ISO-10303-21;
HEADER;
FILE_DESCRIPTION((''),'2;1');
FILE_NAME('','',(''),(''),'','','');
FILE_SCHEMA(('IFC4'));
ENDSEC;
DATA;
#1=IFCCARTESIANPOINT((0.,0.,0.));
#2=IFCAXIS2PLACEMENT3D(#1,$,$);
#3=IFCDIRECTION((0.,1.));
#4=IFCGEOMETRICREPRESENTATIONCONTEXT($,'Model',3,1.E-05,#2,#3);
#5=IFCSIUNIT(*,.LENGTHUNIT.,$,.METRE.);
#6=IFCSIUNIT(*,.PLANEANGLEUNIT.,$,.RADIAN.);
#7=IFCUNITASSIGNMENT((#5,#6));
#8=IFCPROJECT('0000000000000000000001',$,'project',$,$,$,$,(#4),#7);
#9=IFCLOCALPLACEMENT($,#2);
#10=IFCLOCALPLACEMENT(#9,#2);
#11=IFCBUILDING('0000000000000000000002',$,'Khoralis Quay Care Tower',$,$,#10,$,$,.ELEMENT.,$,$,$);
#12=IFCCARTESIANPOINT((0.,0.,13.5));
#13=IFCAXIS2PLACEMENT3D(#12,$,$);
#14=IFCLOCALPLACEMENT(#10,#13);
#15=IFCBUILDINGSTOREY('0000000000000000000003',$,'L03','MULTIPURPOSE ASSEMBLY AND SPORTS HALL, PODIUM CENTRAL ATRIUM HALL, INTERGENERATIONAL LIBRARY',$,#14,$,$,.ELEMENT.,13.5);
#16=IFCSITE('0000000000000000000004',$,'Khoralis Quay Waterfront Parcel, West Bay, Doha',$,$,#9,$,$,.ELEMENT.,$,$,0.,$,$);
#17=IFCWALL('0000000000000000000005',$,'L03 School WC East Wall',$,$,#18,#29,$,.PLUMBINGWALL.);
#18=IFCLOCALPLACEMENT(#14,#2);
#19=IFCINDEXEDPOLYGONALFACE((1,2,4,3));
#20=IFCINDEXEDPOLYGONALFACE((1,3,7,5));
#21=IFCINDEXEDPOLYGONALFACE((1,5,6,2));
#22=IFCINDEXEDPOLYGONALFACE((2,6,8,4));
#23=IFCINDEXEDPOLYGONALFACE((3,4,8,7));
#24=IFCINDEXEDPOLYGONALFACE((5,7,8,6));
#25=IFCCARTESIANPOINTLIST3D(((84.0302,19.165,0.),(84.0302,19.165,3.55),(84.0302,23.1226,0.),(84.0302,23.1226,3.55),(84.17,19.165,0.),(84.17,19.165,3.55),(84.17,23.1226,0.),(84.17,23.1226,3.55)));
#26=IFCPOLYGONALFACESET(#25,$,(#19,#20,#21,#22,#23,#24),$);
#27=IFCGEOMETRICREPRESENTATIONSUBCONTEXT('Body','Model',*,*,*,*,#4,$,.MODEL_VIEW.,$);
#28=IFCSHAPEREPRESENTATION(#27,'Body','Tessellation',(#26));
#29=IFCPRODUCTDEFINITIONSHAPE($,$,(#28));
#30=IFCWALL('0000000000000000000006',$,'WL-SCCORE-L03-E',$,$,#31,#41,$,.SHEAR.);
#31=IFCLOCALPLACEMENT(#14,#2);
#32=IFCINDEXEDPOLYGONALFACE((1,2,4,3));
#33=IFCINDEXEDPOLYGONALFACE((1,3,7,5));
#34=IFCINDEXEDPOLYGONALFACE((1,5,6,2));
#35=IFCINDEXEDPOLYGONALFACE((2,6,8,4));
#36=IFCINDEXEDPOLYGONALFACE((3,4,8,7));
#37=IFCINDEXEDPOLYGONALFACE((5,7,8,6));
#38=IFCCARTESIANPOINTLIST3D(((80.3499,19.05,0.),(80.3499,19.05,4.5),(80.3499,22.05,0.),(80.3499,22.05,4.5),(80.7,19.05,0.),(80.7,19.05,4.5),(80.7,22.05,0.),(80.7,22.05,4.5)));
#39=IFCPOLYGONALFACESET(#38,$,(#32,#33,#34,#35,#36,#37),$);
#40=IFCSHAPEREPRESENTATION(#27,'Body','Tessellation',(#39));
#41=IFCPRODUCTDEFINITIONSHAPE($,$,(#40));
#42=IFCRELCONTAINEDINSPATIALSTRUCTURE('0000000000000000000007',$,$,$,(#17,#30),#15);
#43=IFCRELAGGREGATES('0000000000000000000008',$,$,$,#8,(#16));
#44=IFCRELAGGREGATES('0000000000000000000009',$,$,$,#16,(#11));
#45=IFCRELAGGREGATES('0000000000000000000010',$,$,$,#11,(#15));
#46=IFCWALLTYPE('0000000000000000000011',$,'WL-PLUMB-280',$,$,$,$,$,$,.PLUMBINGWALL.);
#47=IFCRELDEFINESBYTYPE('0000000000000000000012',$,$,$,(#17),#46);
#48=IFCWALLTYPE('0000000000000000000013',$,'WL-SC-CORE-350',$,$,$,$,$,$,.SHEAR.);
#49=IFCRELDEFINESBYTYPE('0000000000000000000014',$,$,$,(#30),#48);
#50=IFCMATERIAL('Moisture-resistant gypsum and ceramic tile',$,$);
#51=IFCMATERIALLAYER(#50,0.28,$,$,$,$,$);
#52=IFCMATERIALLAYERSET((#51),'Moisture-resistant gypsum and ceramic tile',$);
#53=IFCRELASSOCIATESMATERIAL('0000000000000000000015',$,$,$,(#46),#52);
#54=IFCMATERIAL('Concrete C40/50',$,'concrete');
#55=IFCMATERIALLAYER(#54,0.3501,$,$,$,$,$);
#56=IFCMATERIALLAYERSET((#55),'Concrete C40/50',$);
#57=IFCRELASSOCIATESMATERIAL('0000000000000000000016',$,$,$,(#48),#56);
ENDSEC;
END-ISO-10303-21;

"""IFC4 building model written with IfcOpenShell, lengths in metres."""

from ifc_helpers import new_model, si_unit, direction, frame, frame_2d, origin, place, context, subcontext, project, spatial, rectangle, extrude, material, layer, layer_set, type_object, element, save


model = new_model("IFC4")

# Units and contexts
model_context = context("Model", 3, precision=1e-05, world=origin(), true_north=direction((0.0, 1.0)))
body_context = subcontext(model_context, "Body", "Model", "MODEL_VIEW")
ifc_project = project(units=[si_unit("LENGTHUNIT", "METRE"), si_unit("PLANEANGLEUNIT", "RADIAN")], contexts=[model_context])

# Site, building, storey
site_placement = place(None, origin())
site = spatial("IfcSite", under=ifc_project, at=site_placement, Name="Khoralis Quay Waterfront Parcel, West Bay, Doha", CompositionType="ELEMENT", RefElevation=0.0)
building_placement = place(site_placement, origin())
building = spatial("IfcBuilding", under=site, at=building_placement, Name="Khoralis Quay Care Tower", CompositionType="ELEMENT")
storey_placement = place(building_placement, frame((0.0, 0.0, 13.5)))
storey = spatial("IfcBuildingStorey", under=building, at=storey_placement, Name="L03", Description="MULTIPURPOSE ASSEMBLY AND SPORTS HALL, PODIUM CENTRAL ATRIUM HALL, INTERGENERATIONAL LIBRARY", CompositionType="ELEMENT", Elevation=13.5)

# Shared definitions
ifc_material_1 = material(Name="Concrete C40/50", Category="concrete")

# Shared definitions
ifc_material_2 = material(Name="Moisture-resistant gypsum and ceramic tile")
ifc_layer_1 = layer(ifc_material_2, 0.28)
ifc_layer_set_1 = layer_set([ifc_layer_1], Name="Moisture-resistant gypsum and ceramic tile")
wall_type_1 = type_object("IfcWallType", Name="WL-PLUMB-280", PredefinedType="PLUMBINGWALL", material=ifc_layer_set_1)

# Walls
wall_1_placement = place(storey_placement, frame((84.1001, 19.165, 0.0), z_axis=(0.0, 0.0, 1.0), x_axis=(0.0, 1.0, 0.0)))
element("IfcWall", 1, at=wall_1_placement, inside=storey, type_object=wall_type_1, Name="L03 School WC East Wall", PredefinedType="PLUMBINGWALL", context=body_context, shape_type="SweptSolid", body=[
    extrude(rectangle(XDim=3.9575, YDim=0.1399, at=frame_2d((1.9788, 0.0))), origin(), (0.0, 0.0, 1.0), 3.55),
])
ifc_layer_2 = layer(ifc_material_1, 0.3501)
ifc_layer_set_2 = layer_set([ifc_layer_2], Name="Concrete C40/50")
wall_type_2 = type_object("IfcWallType", Name="WL-SC-CORE-350", PredefinedType="SHEAR", material=ifc_layer_set_2)
wall_2_placement = place(storey_placement, frame((80.5249, 19.05, 0.0), z_axis=(0.0, 0.0, 1.0), x_axis=(0.0, 1.0, 0.0)))
element("IfcWall", 2, at=wall_2_placement, inside=storey, type_object=wall_type_2, Name="WL-SCCORE-L03-E", PredefinedType="SHEAR", context=body_context, shape_type="SweptSolid", body=[
    extrude(rectangle(XDim=3.0, YDim=0.3501, at=frame_2d((1.5, 0.0))), origin(), (0.0, 0.0, 1.0), 4.5),
])

save(model, "model.ifc")
